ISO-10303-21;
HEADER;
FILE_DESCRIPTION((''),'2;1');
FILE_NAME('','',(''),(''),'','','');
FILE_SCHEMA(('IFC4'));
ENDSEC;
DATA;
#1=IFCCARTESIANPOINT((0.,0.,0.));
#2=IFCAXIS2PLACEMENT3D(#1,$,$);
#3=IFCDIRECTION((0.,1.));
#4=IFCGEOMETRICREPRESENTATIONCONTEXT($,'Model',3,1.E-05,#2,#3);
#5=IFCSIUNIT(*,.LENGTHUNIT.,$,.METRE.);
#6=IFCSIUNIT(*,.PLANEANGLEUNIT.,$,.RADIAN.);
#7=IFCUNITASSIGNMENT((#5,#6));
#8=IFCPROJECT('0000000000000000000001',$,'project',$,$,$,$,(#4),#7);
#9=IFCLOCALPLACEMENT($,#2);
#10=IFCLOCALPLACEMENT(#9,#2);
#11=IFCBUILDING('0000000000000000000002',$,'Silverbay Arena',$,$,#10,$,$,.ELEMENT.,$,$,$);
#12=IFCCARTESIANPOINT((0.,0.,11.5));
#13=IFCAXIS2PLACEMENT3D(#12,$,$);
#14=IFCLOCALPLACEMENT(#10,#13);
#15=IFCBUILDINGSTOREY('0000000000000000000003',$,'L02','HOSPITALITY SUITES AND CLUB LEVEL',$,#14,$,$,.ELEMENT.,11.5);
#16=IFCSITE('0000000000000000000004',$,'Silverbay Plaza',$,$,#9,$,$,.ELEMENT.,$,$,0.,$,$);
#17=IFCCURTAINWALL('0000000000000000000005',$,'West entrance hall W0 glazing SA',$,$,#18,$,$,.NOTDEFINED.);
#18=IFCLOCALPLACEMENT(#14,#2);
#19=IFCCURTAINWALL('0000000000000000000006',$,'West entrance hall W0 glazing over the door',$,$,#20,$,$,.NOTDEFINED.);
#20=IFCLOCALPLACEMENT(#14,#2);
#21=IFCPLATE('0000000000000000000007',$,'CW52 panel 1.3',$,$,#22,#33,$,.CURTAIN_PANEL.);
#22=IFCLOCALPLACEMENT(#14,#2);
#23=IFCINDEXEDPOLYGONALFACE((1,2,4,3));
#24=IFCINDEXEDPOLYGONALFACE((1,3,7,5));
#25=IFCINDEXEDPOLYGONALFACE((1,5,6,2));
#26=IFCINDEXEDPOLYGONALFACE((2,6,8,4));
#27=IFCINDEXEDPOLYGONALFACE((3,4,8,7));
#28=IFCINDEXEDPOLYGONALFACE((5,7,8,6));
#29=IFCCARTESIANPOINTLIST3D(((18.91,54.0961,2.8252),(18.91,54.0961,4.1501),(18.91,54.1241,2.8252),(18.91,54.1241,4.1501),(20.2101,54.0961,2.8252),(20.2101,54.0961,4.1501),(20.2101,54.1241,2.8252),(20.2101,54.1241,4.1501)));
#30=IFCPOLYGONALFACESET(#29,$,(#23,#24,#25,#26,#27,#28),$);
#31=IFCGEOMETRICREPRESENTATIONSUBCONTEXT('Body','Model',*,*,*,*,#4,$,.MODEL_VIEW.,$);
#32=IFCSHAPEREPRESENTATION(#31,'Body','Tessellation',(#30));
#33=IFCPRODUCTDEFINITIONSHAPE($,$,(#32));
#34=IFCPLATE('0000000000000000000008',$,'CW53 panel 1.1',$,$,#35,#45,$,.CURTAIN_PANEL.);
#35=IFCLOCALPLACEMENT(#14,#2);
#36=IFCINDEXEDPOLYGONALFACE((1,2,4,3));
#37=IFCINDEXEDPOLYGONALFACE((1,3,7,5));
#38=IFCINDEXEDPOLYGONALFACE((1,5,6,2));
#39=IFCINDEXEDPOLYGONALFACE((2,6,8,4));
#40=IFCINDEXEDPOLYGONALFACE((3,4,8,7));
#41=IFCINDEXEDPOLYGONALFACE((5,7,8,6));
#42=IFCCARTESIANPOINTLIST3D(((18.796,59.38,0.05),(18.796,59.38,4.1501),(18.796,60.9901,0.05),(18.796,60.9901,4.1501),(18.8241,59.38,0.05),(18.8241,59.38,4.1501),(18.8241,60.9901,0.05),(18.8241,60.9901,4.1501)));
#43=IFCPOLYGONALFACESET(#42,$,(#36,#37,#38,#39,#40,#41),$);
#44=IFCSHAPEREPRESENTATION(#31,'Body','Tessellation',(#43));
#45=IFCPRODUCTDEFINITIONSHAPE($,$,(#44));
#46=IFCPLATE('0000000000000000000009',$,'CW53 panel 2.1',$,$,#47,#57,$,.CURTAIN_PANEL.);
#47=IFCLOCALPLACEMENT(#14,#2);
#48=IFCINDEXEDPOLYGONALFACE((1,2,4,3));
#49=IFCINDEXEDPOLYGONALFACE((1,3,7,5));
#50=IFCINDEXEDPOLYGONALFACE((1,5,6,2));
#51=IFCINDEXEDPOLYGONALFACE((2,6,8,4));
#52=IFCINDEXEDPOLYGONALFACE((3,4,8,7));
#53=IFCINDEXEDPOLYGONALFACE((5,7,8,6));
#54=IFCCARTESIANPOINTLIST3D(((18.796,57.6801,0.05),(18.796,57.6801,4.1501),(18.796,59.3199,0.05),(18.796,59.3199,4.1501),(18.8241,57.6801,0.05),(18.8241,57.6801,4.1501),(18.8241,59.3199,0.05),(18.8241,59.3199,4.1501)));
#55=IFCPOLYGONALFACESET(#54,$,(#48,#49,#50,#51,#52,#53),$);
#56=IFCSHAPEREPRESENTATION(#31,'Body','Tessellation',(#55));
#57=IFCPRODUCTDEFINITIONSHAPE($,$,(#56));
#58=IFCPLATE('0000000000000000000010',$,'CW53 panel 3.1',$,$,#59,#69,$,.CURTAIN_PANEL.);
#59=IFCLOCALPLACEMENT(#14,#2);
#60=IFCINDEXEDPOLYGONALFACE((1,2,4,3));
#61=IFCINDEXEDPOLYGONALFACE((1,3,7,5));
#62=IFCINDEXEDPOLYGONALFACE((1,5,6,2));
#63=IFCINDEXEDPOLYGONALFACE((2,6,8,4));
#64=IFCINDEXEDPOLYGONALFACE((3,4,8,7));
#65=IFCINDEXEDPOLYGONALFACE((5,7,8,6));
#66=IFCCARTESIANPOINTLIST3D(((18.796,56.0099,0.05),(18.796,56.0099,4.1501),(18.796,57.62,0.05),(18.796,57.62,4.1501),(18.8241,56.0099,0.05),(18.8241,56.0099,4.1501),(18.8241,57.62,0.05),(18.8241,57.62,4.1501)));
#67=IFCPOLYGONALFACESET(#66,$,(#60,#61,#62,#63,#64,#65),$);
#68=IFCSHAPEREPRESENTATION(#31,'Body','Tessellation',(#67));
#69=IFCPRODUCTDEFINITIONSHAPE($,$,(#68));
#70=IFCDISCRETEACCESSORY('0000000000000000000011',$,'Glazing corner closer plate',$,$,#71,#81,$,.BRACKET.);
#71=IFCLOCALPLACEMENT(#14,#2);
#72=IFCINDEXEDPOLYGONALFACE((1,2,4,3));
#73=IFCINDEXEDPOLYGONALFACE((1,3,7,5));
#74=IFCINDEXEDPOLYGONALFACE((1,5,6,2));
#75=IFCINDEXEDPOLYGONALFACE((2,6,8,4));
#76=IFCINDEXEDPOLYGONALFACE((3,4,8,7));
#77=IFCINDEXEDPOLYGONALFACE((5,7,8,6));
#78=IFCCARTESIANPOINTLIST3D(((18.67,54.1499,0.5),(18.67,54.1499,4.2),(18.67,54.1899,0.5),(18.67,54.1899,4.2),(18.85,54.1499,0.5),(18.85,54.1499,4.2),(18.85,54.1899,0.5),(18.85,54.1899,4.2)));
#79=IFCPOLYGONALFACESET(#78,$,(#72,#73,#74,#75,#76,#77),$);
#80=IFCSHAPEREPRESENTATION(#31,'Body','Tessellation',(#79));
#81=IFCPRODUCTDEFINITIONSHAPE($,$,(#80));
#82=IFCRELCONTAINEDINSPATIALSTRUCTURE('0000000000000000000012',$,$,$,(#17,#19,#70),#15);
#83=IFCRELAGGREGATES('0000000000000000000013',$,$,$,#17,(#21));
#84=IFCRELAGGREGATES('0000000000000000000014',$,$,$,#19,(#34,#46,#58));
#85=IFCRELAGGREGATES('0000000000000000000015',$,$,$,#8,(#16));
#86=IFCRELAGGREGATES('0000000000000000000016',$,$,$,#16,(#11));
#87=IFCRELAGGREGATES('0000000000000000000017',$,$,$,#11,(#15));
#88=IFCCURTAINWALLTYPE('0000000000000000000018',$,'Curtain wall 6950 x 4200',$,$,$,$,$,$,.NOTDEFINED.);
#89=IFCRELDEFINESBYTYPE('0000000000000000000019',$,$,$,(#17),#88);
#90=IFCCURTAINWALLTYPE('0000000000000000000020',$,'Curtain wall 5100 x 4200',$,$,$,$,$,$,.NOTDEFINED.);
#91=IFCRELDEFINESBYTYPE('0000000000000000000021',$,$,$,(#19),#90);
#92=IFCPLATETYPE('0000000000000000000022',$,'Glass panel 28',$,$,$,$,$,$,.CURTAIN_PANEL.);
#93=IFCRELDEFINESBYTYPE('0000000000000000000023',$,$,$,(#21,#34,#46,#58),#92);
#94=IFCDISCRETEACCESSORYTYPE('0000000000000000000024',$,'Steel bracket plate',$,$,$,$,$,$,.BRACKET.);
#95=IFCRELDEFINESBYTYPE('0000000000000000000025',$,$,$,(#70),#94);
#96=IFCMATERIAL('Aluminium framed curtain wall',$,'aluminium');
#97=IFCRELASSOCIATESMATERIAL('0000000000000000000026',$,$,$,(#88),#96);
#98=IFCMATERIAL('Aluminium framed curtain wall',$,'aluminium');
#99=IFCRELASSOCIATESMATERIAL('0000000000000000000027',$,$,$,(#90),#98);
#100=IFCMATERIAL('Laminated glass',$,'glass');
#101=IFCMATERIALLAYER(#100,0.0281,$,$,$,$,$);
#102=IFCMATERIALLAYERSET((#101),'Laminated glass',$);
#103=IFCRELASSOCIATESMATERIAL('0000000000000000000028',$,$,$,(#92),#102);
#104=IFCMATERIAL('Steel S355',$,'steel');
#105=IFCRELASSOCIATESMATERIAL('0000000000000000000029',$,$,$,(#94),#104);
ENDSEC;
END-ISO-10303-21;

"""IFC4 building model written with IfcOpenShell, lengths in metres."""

from ifc_helpers import new_model, si_unit, direction, frame, origin, origin_2d, place, context, subcontext, project, spatial, rectangle, extrude, material, layer, layer_set, type_object, element, aggregate, save


model = new_model("IFC4")

# Units and contexts
model_context = context("Model", 3, precision=1e-05, world=origin(), true_north=direction((0.0, 1.0)))
body_context = subcontext(model_context, "Body", "Model", "MODEL_VIEW")
ifc_project = project(units=[si_unit("LENGTHUNIT", "METRE"), si_unit("PLANEANGLEUNIT", "RADIAN")], contexts=[model_context])

# Site, building, storey
site_placement = place(None, origin())
site = spatial("IfcSite", under=ifc_project, at=site_placement, Name="Silverbay Plaza", CompositionType="ELEMENT", RefElevation=0.0)
building_placement = place(site_placement, origin())
building = spatial("IfcBuilding", under=site, at=building_placement, Name="Silverbay Arena", CompositionType="ELEMENT")
storey_placement = place(building_placement, frame((0.0, 0.0, 11.5)))
storey = spatial("IfcBuildingStorey", under=building, at=storey_placement, Name="L02", Description="HOSPITALITY SUITES AND CLUB LEVEL", CompositionType="ELEMENT", Elevation=11.5)

# Curtain walls
ifc_material_1 = material(Name="Aluminium framed curtain wall", Category="aluminium")
curtain_wall_type_1 = type_object("IfcCurtainWallType", Name="Curtain wall 6950 x 4200", PredefinedType="NOTDEFINED", material=ifc_material_1)
curtain_wall_1_placement = place(storey_placement, origin())
curtain_wall_1 = element("IfcCurtainWall", 1, at=curtain_wall_1_placement, inside=storey, type_object=curtain_wall_type_1, Name="West entrance hall W0 glazing SA", PredefinedType="NOTDEFINED")
ifc_material_2 = material(Name="Aluminium framed curtain wall", Category="aluminium")
curtain_wall_type_2 = type_object("IfcCurtainWallType", Name="Curtain wall 5100 x 4200", PredefinedType="NOTDEFINED", material=ifc_material_2)
curtain_wall_2_placement = place(storey_placement, origin())
curtain_wall_2 = element("IfcCurtainWall", 2, at=curtain_wall_2_placement, inside=storey, type_object=curtain_wall_type_2, Name="West entrance hall W0 glazing over the door", PredefinedType="NOTDEFINED")

# Plates
ifc_material_3 = material(Name="Laminated glass", Category="glass")
ifc_layer = layer(ifc_material_3, 0.0281)
ifc_layer_set = layer_set([ifc_layer], Name="Laminated glass")
plate_type = type_object("IfcPlateType", Name="Glass panel 28", PredefinedType="CURTAIN_PANEL", material=ifc_layer_set)
plate_1_placement = place(storey_placement, frame((19.5601, 54.1101, 2.8252), z_axis=(0.0, 0.0, 1.0), x_axis=(1.0, 0.0, 0.0)))
plate_1 = element("IfcPlate", 3, at=plate_1_placement, type_object=plate_type, Name="CW52 panel 1.3", PredefinedType="CURTAIN_PANEL", context=body_context, shape_type="SweptSolid", body=[
    extrude(rectangle(XDim=1.3, YDim=0.0281, at=origin_2d()), origin(), (0.0, 0.0, 1.0), 1.325),
])
aggregate(curtain_wall_1, [plate_1])
plate_2_placement = place(storey_placement, frame((18.8101, 60.1851, 0.05), z_axis=(0.0, 0.0, 1.0), x_axis=(0.0, -1.0, 0.0)))
plate_2 = element("IfcPlate", 4, at=plate_2_placement, type_object=plate_type, Name="CW53 panel 1.1", PredefinedType="CURTAIN_PANEL", context=body_context, shape_type="SweptSolid", body=[
    extrude(rectangle(XDim=1.6101, YDim=0.0281, at=origin_2d()), origin(), (0.0, 0.0, 1.0), 4.1001),
])
plate_3_placement = place(storey_placement, frame((18.8101, 58.5, 0.05), z_axis=(0.0, 0.0, 1.0), x_axis=(0.0, -1.0, 0.0)))
plate_3 = element("IfcPlate", 5, at=plate_3_placement, type_object=plate_type, Name="CW53 panel 2.1", PredefinedType="CURTAIN_PANEL", context=body_context, shape_type="SweptSolid", body=[
    extrude(rectangle(XDim=1.6399, YDim=0.0281, at=origin_2d()), origin(), (0.0, 0.0, 1.0), 4.1001),
])
plate_4_placement = place(storey_placement, frame((18.8101, 56.8149, 0.05), z_axis=(0.0, 0.0, 1.0), x_axis=(0.0, -1.0, 0.0)))
plate_4 = element("IfcPlate", 6, at=plate_4_placement, type_object=plate_type, Name="CW53 panel 3.1", PredefinedType="CURTAIN_PANEL", context=body_context, shape_type="SweptSolid", body=[
    extrude(rectangle(XDim=1.6101, YDim=0.0281, at=origin_2d()), origin(), (0.0, 0.0, 1.0), 4.1001),
])
aggregate(curtain_wall_2, [plate_2, plate_3, plate_4])

# Discrete accessory
ifc_material_4 = material(Name="Steel S355", Category="steel")
discrete_accessory_type = type_object("IfcDiscreteAccessoryType", Name="Steel bracket plate", PredefinedType="BRACKET", material=ifc_material_4)
discrete_accessory_placement = place(storey_placement, frame((18.76, 54.1699, 0.5), z_axis=(0.0, 0.0, 1.0), x_axis=(1.0, 0.0, 0.0)))
element("IfcDiscreteAccessory", 7, at=discrete_accessory_placement, inside=storey, type_object=discrete_accessory_type, Name="Glazing corner closer plate", PredefinedType="BRACKET", context=body_context, shape_type="SweptSolid", body=[
    extrude(rectangle(XDim=0.1799, YDim=0.04, at=origin_2d()), origin(), (0.0, 0.0, 1.0), 3.7),
])

save(model, "model.ifc")
